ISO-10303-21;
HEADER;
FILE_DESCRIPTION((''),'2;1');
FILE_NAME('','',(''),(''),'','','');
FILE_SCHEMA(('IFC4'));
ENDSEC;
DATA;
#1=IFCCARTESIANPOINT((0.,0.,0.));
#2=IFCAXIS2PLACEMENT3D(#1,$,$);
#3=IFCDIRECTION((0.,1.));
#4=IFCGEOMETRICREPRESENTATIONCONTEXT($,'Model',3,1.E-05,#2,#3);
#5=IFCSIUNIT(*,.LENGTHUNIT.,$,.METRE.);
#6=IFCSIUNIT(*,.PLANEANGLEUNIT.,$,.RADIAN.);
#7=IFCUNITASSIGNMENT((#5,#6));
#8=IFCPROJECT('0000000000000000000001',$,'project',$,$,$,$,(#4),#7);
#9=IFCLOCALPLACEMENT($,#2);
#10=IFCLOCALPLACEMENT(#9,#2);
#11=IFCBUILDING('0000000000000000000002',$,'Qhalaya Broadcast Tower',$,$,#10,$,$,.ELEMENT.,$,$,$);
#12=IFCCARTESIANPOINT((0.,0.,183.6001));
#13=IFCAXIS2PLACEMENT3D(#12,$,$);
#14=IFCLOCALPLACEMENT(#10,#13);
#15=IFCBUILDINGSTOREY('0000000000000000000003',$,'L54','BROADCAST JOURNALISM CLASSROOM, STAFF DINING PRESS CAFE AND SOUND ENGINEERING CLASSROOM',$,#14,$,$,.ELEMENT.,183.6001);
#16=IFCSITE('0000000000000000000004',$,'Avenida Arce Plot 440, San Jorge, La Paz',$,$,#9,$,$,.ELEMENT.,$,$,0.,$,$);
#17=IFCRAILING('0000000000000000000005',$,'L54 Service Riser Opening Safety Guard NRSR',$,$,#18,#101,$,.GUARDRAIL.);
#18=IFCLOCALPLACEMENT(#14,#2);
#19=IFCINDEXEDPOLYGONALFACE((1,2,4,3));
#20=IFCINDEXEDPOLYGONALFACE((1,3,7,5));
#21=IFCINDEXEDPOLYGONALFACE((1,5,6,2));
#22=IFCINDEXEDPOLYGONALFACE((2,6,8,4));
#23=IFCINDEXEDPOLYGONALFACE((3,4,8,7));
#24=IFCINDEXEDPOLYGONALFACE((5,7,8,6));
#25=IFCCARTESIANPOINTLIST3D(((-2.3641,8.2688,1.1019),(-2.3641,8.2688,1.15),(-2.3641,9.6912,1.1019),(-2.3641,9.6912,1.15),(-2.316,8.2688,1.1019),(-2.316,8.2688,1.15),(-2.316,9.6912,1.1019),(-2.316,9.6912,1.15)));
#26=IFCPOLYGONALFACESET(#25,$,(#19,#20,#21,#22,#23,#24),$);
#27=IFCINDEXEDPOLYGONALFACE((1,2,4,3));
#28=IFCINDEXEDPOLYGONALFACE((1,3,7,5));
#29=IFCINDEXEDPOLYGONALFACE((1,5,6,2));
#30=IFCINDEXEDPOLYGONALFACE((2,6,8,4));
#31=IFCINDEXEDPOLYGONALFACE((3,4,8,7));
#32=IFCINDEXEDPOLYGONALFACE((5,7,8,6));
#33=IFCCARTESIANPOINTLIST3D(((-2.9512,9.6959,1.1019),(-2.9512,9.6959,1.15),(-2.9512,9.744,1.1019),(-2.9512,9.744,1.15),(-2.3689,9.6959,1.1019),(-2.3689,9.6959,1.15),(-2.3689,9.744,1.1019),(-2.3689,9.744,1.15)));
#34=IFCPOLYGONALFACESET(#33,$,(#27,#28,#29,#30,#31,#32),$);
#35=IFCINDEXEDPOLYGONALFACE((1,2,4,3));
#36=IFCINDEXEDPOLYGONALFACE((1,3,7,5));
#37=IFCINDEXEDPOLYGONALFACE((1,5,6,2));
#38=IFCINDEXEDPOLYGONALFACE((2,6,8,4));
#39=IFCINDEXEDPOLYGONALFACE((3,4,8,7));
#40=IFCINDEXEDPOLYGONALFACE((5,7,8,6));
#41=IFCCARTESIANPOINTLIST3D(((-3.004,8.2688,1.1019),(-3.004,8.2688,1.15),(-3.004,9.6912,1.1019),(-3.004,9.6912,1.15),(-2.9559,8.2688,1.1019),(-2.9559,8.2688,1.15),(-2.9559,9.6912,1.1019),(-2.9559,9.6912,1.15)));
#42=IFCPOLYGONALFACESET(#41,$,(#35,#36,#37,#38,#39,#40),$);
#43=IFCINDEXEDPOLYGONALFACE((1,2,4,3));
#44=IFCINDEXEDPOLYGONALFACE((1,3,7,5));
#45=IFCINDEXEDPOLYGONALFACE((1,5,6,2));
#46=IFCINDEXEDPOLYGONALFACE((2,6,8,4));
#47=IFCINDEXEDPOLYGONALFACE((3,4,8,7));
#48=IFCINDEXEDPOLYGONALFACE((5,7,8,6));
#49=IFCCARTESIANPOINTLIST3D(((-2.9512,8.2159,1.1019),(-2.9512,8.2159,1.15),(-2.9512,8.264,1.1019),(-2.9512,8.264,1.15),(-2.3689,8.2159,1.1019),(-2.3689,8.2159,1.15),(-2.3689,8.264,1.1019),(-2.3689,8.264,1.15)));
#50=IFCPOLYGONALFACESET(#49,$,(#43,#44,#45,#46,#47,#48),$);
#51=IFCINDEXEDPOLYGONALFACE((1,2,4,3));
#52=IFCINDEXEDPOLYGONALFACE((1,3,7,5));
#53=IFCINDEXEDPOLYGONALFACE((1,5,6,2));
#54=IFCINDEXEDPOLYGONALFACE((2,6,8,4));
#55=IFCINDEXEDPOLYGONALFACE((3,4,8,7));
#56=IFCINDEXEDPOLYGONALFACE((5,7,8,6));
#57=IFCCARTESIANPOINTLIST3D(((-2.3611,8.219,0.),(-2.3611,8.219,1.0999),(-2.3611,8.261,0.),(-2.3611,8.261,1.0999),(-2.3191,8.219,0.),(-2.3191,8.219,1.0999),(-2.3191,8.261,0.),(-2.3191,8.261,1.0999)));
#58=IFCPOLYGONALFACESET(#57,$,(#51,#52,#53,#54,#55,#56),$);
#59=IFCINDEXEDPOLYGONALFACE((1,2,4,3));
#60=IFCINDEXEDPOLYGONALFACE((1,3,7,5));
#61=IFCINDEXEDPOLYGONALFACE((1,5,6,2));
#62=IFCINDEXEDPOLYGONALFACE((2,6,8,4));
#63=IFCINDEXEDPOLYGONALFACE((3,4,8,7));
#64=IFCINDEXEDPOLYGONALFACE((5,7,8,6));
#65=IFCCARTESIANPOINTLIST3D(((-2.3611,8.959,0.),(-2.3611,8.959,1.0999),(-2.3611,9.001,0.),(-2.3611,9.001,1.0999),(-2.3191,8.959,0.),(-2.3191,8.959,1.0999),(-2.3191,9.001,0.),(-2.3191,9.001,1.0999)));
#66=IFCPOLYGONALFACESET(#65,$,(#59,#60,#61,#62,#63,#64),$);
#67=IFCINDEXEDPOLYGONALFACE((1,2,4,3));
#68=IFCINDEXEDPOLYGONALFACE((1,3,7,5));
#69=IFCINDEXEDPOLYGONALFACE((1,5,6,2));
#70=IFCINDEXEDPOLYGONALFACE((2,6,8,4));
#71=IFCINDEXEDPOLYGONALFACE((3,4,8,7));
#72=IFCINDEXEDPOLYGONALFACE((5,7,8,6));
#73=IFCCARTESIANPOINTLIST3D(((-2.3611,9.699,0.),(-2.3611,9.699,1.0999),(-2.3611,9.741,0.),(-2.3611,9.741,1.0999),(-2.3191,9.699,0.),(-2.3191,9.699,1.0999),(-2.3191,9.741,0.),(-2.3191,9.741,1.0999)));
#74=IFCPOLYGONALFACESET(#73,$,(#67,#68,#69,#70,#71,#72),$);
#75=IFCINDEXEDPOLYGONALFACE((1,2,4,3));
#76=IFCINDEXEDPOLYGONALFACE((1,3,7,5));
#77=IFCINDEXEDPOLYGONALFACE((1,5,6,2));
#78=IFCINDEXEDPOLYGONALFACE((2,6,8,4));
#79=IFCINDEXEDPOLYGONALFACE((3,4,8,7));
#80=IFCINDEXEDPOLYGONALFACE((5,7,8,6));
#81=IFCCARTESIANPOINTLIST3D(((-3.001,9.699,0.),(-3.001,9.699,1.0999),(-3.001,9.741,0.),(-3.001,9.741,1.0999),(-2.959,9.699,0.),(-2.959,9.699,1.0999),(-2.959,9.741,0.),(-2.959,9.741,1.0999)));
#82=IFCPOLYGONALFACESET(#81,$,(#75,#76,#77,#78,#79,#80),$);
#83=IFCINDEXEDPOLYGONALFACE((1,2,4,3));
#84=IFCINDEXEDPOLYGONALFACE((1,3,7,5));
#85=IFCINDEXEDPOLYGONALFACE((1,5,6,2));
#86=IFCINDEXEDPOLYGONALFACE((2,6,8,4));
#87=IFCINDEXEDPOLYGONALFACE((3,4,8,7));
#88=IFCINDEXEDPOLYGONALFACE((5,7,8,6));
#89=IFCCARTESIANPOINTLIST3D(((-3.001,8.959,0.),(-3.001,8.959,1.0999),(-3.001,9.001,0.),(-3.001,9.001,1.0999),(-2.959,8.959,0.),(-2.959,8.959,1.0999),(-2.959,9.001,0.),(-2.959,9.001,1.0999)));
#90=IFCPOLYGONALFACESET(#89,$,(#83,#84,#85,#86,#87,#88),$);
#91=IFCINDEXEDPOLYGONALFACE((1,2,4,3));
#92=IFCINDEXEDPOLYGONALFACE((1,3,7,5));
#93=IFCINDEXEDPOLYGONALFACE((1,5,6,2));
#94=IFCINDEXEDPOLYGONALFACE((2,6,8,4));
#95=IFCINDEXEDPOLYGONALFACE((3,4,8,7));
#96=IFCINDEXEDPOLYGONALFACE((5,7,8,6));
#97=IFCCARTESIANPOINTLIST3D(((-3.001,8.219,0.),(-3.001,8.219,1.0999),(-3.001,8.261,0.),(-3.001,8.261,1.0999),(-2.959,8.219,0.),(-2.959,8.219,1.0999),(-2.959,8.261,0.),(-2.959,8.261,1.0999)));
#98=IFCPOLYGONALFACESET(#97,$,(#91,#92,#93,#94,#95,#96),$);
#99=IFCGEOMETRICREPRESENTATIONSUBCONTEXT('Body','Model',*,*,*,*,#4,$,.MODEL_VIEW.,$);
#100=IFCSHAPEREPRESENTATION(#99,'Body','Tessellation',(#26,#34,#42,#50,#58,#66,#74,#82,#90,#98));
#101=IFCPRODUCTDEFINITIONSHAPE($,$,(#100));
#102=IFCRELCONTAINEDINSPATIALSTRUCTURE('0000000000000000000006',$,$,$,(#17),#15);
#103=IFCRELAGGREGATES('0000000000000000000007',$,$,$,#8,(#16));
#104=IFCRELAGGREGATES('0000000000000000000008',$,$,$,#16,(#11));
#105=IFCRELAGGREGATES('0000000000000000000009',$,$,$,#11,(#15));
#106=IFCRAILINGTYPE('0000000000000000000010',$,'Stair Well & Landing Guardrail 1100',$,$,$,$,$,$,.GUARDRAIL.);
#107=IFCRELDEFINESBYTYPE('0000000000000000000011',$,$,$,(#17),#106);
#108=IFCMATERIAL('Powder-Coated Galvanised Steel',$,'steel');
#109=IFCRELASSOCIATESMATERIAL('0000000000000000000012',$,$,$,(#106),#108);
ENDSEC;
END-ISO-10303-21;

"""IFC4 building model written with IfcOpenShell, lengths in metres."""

from ifc_helpers import new_model, si_unit, direction, frame, origin, origin_2d, place, context, subcontext, project, spatial, rectangle, extrude, material, type_object, element, save


model = new_model("IFC4")

# Units and contexts
model_context = context("Model", 3, precision=1e-05, world=origin(), true_north=direction((0.0, 1.0)))
body_context = subcontext(model_context, "Body", "Model", "MODEL_VIEW")
ifc_project = project(units=[si_unit("LENGTHUNIT", "METRE"), si_unit("PLANEANGLEUNIT", "RADIAN")], contexts=[model_context])

# Site, building, storey
site_placement = place(None, origin())
site = spatial("IfcSite", under=ifc_project, at=site_placement, Name="Avenida Arce Plot 440, San Jorge, La Paz", CompositionType="ELEMENT", RefElevation=0.0)
building_placement = place(site_placement, origin())
building = spatial("IfcBuilding", under=site, at=building_placement, Name="Qhalaya Broadcast Tower", CompositionType="ELEMENT")
storey_placement = place(building_placement, frame((0.0, 0.0, 183.6001)))
storey = spatial("IfcBuildingStorey", under=building, at=storey_placement, Name="L54", Description="BROADCAST JOURNALISM CLASSROOM, STAFF DINING PRESS CAFE AND SOUND ENGINEERING CLASSROOM", CompositionType="ELEMENT", Elevation=183.6001)

# Railing
ifc_material_1 = material(Name="Powder-Coated Galvanised Steel", Category="steel")
railing_type = type_object("IfcRailingType", Name="Stair Well & Landing Guardrail 1100", PredefinedType="GUARDRAIL", material=ifc_material_1)
railing_placement = place(storey_placement, frame((-2.3401, 8.24, 0.0)))
element("IfcRailing", 1, at=railing_placement, inside=storey, type_object=railing_type, Name="L54 Service Riser Opening Safety Guard NRSR", PredefinedType="GUARDRAIL", context=body_context, shape_type="SweptSolid", body=[
    extrude(rectangle(XDim=0.0481, YDim=0.0481, at=origin_2d()), frame((0.0, 0.0288, 1.126), z_axis=(0.0, 1.0, 0.0), x_axis=(-1.0, 0.0, 0.0)), (0.0, 0.0, 1.0), 1.4224),
    extrude(rectangle(XDim=0.0481, YDim=0.0481, at=origin_2d()), frame((-0.0288, 1.48, 1.126), z_axis=(-1.0, 0.0, 0.0), x_axis=(0.0, -1.0, 0.0)), (0.0, 0.0, 1.0), 0.5823),
    extrude(rectangle(XDim=0.0481, YDim=0.0481, at=origin_2d()), frame((-0.6399, 1.4512, 1.126), z_axis=(0.0, -1.0, 0.0), x_axis=(1.0, 0.0, 0.0)), (0.0, 0.0, 1.0), 1.4224),
    extrude(rectangle(XDim=0.0481, YDim=0.0481, at=origin_2d()), frame((-0.6111, 0.0, 1.126), z_axis=(1.0, 0.0, 0.0), x_axis=(0.0, 1.0, 0.0)), (0.0, 0.0, 1.0), 0.5823),
    extrude(rectangle(XDim=0.042, YDim=0.042, at=origin_2d()), origin(), (0.0, 0.0, 1.0), 1.0999),
    extrude(rectangle(XDim=0.042, YDim=0.042, at=origin_2d()), frame((0.0, 0.74, 0.0)), (0.0, 0.0, 1.0), 1.0999),
    extrude(rectangle(XDim=0.042, YDim=0.042, at=origin_2d()), frame((0.0, 1.48, 0.0)), (0.0, 0.0, 1.0), 1.0999),
    extrude(rectangle(XDim=0.042, YDim=0.042, at=origin_2d()), frame((-0.6399, 1.48, 0.0)), (0.0, 0.0, 1.0), 1.0999),
    extrude(rectangle(XDim=0.042, YDim=0.042, at=origin_2d()), frame((-0.6399, 0.74, 0.0)), (0.0, 0.0, 1.0), 1.0999),
    extrude(rectangle(XDim=0.042, YDim=0.042, at=origin_2d()), frame((-0.6399, 0.0, 0.0)), (0.0, 0.0, 1.0), 1.0999),
])

save(model, "model.ifc")
